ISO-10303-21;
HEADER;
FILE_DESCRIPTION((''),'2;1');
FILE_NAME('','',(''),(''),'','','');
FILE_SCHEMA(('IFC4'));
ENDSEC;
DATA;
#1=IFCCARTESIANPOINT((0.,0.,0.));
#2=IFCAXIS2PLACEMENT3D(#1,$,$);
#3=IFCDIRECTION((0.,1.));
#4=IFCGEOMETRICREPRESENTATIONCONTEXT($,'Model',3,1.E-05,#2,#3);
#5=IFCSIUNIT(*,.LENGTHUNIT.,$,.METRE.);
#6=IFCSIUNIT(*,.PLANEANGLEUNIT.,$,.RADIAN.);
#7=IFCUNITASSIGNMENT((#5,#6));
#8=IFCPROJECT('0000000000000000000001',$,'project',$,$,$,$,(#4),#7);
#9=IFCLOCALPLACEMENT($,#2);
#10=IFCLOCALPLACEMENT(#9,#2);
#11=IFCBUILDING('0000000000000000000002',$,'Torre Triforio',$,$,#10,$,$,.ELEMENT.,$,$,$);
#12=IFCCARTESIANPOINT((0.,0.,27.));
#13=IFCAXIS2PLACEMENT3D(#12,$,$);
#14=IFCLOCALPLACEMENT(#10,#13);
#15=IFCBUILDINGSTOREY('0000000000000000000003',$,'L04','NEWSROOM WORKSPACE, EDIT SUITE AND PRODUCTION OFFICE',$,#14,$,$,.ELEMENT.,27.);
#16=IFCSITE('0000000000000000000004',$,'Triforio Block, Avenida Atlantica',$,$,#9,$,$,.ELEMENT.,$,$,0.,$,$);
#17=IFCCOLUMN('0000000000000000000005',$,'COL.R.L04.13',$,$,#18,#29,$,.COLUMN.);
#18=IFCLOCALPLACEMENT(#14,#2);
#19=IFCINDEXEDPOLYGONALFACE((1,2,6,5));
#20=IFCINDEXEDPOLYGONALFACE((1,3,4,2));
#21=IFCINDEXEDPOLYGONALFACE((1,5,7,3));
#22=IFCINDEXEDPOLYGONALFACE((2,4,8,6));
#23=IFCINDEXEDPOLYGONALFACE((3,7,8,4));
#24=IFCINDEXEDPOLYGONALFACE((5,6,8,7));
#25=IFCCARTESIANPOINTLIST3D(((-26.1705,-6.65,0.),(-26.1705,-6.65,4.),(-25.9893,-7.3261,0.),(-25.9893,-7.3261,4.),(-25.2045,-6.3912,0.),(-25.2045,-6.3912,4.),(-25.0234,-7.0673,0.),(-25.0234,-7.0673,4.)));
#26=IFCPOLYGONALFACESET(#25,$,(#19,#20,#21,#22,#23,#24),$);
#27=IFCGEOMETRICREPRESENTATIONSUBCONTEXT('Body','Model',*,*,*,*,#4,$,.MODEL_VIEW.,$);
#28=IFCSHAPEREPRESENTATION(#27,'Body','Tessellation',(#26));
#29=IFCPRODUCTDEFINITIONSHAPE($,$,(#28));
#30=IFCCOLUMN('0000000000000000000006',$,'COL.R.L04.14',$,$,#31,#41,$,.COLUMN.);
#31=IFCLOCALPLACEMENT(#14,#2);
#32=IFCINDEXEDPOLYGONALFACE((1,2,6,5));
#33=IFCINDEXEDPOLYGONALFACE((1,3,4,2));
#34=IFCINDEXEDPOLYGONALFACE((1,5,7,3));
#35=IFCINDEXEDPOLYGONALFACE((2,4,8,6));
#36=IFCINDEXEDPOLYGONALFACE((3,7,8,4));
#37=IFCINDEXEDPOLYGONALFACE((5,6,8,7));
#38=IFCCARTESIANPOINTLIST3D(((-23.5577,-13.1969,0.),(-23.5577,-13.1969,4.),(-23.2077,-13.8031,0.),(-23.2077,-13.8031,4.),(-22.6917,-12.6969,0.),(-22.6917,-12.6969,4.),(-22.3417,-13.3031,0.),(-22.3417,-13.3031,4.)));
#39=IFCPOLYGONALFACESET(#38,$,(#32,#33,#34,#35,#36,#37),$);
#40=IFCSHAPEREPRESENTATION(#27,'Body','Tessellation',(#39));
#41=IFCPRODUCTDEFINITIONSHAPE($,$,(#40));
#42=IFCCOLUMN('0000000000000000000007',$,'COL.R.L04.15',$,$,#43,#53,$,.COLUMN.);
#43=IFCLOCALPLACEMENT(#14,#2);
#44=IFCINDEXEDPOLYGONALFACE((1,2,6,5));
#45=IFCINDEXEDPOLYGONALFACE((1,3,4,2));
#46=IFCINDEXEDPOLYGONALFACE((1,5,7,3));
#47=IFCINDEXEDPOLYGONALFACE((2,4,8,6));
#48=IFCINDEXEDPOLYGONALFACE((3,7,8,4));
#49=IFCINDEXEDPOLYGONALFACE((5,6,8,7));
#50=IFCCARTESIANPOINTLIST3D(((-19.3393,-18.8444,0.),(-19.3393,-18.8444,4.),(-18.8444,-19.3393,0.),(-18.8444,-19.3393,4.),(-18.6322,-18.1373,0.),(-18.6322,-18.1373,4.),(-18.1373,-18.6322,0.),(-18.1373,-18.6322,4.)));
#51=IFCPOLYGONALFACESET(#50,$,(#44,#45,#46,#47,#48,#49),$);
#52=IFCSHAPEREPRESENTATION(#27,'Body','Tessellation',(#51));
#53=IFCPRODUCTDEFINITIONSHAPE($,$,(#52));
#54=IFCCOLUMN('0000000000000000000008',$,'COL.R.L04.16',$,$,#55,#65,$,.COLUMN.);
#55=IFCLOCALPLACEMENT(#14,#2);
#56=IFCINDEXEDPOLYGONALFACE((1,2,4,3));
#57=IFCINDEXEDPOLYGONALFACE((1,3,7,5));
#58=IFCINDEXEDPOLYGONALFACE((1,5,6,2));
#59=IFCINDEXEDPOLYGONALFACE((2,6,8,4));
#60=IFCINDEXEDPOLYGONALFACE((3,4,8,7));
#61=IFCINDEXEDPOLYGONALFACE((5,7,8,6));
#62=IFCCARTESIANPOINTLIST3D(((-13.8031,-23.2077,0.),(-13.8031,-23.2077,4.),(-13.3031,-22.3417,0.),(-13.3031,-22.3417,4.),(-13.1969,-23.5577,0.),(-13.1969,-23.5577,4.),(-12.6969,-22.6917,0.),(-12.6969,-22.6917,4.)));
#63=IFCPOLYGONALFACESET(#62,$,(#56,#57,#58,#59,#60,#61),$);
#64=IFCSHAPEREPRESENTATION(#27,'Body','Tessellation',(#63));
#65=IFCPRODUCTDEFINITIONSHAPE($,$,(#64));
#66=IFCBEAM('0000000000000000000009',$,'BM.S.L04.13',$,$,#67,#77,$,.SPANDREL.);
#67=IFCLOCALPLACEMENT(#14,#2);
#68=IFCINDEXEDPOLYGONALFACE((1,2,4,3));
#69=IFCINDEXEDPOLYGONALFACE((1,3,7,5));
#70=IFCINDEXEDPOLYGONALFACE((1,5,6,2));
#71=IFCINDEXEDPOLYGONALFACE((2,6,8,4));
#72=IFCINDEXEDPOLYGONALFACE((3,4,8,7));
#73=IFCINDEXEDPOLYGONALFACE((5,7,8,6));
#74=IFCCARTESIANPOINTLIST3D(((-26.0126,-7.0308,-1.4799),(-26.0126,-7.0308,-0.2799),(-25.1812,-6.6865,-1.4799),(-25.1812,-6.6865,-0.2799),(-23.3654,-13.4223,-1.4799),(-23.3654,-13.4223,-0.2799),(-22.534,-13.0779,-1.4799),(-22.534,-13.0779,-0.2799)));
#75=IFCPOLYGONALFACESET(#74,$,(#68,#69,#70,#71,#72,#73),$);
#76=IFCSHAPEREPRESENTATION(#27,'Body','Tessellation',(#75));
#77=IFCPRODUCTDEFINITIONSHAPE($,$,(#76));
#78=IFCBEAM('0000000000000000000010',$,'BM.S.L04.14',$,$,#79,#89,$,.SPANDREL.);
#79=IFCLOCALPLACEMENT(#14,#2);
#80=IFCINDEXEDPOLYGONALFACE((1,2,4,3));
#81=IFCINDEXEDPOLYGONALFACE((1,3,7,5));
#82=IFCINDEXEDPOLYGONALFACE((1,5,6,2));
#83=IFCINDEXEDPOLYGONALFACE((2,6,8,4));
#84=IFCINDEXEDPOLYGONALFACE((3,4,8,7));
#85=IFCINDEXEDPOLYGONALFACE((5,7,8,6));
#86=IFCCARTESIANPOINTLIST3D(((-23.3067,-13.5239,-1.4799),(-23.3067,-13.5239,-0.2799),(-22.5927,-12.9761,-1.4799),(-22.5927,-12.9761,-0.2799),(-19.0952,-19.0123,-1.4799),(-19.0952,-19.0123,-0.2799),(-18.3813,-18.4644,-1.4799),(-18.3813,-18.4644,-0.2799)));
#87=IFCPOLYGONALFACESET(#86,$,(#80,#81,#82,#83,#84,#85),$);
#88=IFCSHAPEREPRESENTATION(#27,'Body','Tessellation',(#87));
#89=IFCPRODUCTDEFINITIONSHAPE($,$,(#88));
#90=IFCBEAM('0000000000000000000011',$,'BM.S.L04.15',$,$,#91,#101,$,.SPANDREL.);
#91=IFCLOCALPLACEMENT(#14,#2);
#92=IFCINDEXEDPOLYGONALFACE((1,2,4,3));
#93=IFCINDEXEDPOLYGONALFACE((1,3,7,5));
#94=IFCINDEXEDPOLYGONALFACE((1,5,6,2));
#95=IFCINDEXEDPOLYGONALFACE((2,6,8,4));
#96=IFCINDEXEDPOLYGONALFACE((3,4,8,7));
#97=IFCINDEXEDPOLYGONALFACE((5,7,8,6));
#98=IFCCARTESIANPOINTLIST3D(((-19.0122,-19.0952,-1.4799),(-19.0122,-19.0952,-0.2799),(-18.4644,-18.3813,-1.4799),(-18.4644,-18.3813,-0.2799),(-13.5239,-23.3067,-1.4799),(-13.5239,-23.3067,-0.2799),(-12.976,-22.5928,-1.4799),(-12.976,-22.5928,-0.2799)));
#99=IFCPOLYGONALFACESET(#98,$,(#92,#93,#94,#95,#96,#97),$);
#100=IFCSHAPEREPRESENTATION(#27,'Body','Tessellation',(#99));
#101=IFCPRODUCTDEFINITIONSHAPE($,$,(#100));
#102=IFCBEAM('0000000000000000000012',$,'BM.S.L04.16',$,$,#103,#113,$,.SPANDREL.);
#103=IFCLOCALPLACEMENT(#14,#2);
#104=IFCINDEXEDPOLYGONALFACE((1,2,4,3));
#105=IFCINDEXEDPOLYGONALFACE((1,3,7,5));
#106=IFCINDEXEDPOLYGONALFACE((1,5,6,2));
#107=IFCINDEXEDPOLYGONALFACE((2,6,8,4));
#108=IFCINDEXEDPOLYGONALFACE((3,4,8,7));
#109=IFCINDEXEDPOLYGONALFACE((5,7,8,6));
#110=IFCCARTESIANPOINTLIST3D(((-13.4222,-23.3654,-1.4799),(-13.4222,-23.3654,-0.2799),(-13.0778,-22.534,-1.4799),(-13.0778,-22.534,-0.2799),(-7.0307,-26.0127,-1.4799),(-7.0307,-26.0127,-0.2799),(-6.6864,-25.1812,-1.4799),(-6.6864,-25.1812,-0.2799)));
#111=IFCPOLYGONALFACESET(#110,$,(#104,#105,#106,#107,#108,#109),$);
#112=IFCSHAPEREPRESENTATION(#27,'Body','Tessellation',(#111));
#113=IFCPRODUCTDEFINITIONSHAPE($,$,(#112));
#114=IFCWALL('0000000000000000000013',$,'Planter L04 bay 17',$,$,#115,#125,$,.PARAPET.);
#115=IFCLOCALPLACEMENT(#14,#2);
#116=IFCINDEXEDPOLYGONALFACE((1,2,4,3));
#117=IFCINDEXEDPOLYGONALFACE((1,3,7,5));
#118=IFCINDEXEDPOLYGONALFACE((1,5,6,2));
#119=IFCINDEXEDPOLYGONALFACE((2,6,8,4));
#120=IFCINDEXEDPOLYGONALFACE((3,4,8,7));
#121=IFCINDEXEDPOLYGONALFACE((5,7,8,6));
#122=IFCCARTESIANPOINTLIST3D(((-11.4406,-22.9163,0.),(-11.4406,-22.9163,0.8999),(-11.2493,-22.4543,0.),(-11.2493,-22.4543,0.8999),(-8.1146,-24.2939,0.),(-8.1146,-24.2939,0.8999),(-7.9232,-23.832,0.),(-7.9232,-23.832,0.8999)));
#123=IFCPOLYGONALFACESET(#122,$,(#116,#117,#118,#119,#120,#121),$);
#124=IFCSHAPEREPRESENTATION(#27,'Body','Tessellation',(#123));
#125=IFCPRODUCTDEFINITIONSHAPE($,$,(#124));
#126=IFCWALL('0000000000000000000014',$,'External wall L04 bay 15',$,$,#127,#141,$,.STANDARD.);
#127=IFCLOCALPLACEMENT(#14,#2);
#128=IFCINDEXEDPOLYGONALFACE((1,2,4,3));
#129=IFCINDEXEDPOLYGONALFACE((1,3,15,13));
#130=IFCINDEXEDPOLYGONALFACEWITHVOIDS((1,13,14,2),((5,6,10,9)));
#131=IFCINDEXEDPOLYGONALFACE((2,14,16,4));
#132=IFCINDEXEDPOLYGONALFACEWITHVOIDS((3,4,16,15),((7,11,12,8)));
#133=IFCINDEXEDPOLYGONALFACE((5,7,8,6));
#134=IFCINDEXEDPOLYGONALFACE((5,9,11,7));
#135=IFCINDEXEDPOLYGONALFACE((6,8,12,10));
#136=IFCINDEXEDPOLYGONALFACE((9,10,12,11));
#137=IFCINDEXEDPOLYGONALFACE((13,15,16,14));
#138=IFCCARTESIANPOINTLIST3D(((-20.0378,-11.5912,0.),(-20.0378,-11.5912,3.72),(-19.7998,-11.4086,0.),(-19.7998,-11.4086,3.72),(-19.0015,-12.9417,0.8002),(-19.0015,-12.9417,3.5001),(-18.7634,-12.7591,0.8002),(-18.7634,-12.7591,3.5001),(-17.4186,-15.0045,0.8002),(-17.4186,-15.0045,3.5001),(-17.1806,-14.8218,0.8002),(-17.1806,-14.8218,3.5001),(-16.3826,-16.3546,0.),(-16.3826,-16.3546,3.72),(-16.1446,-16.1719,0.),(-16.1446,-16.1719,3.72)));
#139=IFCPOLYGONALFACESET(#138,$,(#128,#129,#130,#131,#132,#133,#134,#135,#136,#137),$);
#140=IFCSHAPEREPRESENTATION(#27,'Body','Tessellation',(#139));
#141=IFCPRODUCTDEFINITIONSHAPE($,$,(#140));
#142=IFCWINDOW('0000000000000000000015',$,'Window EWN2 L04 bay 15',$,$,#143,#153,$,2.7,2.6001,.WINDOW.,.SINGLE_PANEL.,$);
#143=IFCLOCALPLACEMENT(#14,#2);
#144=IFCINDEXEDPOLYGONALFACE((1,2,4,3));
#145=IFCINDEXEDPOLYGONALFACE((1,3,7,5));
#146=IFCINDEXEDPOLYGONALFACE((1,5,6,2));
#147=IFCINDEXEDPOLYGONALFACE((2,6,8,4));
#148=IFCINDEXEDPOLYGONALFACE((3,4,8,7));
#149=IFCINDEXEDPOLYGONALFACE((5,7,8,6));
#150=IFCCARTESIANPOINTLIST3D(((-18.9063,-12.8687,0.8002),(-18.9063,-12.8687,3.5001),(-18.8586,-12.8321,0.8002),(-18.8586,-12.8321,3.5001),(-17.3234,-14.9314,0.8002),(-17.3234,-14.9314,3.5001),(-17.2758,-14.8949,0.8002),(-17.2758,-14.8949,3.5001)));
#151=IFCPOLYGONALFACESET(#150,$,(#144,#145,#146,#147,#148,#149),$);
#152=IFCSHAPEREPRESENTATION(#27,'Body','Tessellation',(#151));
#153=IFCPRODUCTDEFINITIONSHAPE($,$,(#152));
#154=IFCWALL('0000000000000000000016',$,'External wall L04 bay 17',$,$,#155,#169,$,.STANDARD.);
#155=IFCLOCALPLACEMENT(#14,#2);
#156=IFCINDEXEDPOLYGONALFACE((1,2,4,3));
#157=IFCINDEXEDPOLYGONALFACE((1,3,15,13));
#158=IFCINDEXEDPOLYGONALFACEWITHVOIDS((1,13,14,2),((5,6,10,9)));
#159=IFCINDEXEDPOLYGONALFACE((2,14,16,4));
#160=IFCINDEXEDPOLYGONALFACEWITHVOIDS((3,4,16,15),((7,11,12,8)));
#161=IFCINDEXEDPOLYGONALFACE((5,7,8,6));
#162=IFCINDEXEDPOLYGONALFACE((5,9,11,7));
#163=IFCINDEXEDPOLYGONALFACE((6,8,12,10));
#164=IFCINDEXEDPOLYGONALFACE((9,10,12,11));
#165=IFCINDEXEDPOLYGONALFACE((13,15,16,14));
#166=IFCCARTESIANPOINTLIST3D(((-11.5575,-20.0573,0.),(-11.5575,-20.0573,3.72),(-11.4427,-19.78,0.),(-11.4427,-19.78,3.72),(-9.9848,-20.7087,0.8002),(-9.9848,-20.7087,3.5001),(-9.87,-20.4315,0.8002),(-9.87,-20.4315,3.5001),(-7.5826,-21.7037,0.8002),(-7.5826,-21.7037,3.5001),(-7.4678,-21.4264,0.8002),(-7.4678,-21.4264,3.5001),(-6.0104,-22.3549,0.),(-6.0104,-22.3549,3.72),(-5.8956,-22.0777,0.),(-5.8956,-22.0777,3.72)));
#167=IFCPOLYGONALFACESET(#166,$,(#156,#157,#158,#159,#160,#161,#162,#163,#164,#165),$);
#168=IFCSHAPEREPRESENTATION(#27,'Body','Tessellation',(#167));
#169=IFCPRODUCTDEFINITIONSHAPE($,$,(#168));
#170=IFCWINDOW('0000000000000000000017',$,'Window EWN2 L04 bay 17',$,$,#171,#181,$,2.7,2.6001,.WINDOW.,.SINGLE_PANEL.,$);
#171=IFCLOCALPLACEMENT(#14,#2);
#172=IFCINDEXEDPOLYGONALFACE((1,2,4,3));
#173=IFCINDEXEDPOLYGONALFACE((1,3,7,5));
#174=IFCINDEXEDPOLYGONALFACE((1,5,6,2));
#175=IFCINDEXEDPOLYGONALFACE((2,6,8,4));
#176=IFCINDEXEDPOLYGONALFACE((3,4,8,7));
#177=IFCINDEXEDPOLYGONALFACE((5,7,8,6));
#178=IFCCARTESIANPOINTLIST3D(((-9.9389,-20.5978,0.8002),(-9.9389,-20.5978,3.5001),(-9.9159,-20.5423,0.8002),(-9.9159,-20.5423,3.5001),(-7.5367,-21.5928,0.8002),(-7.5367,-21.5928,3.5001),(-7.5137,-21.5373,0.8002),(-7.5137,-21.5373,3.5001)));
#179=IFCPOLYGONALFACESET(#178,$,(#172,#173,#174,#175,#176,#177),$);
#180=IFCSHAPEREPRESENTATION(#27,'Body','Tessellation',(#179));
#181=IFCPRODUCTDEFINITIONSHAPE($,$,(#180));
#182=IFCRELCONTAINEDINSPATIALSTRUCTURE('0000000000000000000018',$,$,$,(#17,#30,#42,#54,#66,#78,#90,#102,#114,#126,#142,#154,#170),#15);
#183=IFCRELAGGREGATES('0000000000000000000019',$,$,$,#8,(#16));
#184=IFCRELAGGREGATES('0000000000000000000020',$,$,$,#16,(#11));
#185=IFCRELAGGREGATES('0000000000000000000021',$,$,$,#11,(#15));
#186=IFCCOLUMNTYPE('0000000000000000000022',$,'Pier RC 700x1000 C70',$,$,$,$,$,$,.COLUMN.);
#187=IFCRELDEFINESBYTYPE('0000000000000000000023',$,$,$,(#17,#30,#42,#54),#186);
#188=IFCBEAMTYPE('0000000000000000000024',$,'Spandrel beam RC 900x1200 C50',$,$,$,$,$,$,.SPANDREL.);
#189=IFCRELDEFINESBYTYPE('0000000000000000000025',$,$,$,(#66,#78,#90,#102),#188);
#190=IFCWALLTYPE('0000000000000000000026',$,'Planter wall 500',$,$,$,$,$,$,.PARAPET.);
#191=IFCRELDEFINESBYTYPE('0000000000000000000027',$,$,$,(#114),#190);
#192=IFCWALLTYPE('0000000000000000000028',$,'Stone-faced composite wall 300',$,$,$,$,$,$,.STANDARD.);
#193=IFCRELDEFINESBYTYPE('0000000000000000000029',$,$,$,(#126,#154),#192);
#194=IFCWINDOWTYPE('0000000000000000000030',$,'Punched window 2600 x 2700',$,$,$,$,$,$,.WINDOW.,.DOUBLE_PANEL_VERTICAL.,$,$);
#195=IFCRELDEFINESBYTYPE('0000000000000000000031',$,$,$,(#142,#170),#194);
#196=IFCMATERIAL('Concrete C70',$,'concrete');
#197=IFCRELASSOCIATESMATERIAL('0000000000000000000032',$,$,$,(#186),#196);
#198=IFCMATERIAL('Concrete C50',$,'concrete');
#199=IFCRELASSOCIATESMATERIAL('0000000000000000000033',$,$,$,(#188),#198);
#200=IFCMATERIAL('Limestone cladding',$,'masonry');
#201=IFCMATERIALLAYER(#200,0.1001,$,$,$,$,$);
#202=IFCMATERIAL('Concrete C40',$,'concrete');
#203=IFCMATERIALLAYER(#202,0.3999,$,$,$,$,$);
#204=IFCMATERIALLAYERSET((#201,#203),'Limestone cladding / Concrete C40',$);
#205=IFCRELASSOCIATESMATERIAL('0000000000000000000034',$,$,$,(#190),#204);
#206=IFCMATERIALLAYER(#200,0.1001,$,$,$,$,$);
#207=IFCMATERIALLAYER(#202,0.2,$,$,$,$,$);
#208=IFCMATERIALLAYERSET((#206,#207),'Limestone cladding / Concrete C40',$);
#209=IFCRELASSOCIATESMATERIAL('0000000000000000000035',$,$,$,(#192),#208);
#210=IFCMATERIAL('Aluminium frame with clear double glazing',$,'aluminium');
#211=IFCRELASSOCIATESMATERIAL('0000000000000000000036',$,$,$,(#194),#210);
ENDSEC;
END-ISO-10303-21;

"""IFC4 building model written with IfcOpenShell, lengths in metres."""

from ifc_helpers import new_model, si_unit, direction, frame, frame_2d, origin, origin_2d, place, context, subcontext, project, spatial, rectangle, extrude, material, layer, layer_set, material_profile, profile_set, type_object, element, fill, save


model = new_model("IFC4")

# Units and contexts
model_context = context("Model", 3, precision=1e-05, world=origin(), true_north=direction((0.0, 1.0)))
body_context = subcontext(model_context, "Body", "Model", "MODEL_VIEW")
ifc_project = project(units=[si_unit("LENGTHUNIT", "METRE"), si_unit("PLANEANGLEUNIT", "RADIAN")], contexts=[model_context])

# Site, building, storey
site_placement = place(None, origin())
site = spatial("IfcSite", under=ifc_project, at=site_placement, Name="Triforio Block, Avenida Atlantica", CompositionType="ELEMENT", RefElevation=0.0)
building_placement = place(site_placement, origin())
building = spatial("IfcBuilding", under=site, at=building_placement, Name="Torre Triforio", CompositionType="ELEMENT")
storey_placement = place(building_placement, frame((0.0, 0.0, 27.0)))
storey = spatial("IfcBuildingStorey", under=building, at=storey_placement, Name="L04", Description="NEWSROOM WORKSPACE, EDIT SUITE AND PRODUCTION OFFICE", CompositionType="ELEMENT", Elevation=27.0)

# Columns
ifc_material_1 = material(Name="Concrete C70", Category="concrete")
ifc_material_profile_1 = material_profile(ifc_material_1, rectangle(XDim=0.7, YDim=1.0, at=origin_2d()), Name="RC 700x1000")
ifc_profile_set_1 = profile_set([ifc_material_profile_1], Name="Concrete C70")
column_type = type_object("IfcColumnType", Name="Pier RC 700x1000 C70", PredefinedType="COLUMN", material=ifc_profile_set_1)
for number, where, z_axis, x_axis, name in (
    (1, (-25.5969, -6.8586, 0.0), (0.0, 0.0, 1.0), (0.258819, -0.965926, 0.0), "COL.R.L04.13"),
    (2, (-22.9497, -13.25, 0.0), (0.0, 0.0, 1.0), (0.5, -0.866025, 0.0), "COL.R.L04.14"),
    (3, (-18.7383, -18.7383, 0.0), (0.0, 0.0, 1.0), (0.707107, -0.707107, 0.0), "COL.R.L04.15"),
    (4, (-13.25, -22.9497, 0.0), (0.0, 0.0, 1.0), (0.866025, -0.5, 0.0), "COL.R.L04.16"),
):
    element("IfcColumn", number, at=place(storey_placement, frame(where, z_axis=z_axis, x_axis=x_axis)), inside=storey, type_object=column_type, Name=name, PredefinedType="COLUMN", context=body_context, shape_type="SweptSolid", body=[
        extrude(rectangle(XDim=0.7, YDim=1.0, at=origin_2d()), origin(), (0.0, 0.0, 1.0), 4.0),
    ])

# Beams
ifc_material_2 = material(Name="Concrete C50", Category="concrete")
ifc_material_profile_2 = material_profile(ifc_material_2, rectangle(XDim=0.8999, YDim=1.2, at=origin_2d()), Name="RC 900x1200")
ifc_profile_set_2 = profile_set([ifc_material_profile_2], Name="Concrete C50")
beam_type = type_object("IfcBeamType", Name="Spandrel beam RC 900x1200 C50", PredefinedType="SPANDREL", material=ifc_profile_set_2)
for number, where, z_axis, x_axis, name in (
    (5, (-25.5969, -6.8586, -0.8799), (0.382662, -0.923888, 0.0), (0.923888, 0.382662, 0.0), "BM.S.L04.13"),
    (6, (-22.9497, -13.25, -0.8799), (0.608772, -0.793345, 0.0), (0.793345, 0.608772, 0.0), "BM.S.L04.14"),
    (7, (-18.7383, -18.7383, -0.8799), (0.793345, -0.608772, 0.0), (0.608772, 0.793345, 0.0), "BM.S.L04.15"),
    (8, (-13.25, -22.9497, -0.8799), (0.923888, -0.382662, 0.0), (0.382662, 0.923888, 0.0), "BM.S.L04.16"),
):
    element("IfcBeam", number, at=place(storey_placement, frame(where, z_axis=z_axis, x_axis=x_axis)), inside=storey, type_object=beam_type, Name=name, PredefinedType="SPANDREL", context=body_context, shape_type="SweptSolid", body=[
        extrude(rectangle(XDim=0.8999, YDim=1.2, at=origin_2d()), origin(), (0.0, 0.0, 1.0), 6.918),
    ])

# Wall
ifc_material_3 = material(Name="Limestone cladding", Category="masonry")
ifc_layer_1 = layer(ifc_material_3, 0.1001)
ifc_material_4 = material(Name="Concrete C40", Category="concrete")
ifc_layer_2 = layer(ifc_material_4, 0.3999)
ifc_layer_set_1 = layer_set([ifc_layer_1, ifc_layer_2], Name="Limestone cladding / Concrete C40")
wall_type_1 = type_object("IfcWallType", Name="Planter wall 500", PredefinedType="PARAPET", material=ifc_layer_set_1)
wall_1_placement = place(storey_placement, frame((-11.345, -22.6853, 0.0), z_axis=(0.0, 0.0, 1.0), x_axis=(0.923885, -0.382669, 0.0)))
element("IfcWall", 9, at=wall_1_placement, inside=storey, type_object=wall_type_1, Name="Planter L04 bay 17", PredefinedType="PARAPET", context=body_context, shape_type="SweptSolid", body=[
    extrude(rectangle(XDim=3.6001, YDim=0.5, at=frame_2d((1.8, 0.0))), origin(), (0.0, 0.0, 1.0), 0.8999),
])

# Wall, opening, window
ifc_layer_3 = layer(ifc_material_3, 0.1001)
ifc_layer_4 = layer(ifc_material_4, 0.2)
ifc_layer_set_2 = layer_set([ifc_layer_3, ifc_layer_4], Name="Limestone cladding / Concrete C40")
wall_type_2 = type_object("IfcWallType", Name="Stone-faced composite wall 300", PredefinedType="STANDARD", material=ifc_layer_set_2)
wall_2_placement = place(storey_placement, frame((-19.9187, -11.5, 0.0), z_axis=(0.0, 0.0, 1.0), x_axis=(0.608779, -0.79334, 0.0)))
wall_2 = element("IfcWall", 10, at=wall_2_placement, inside=storey, type_object=wall_type_2, Name="External wall L04 bay 15", PredefinedType="STANDARD", context=body_context, shape_type="SweptSolid", body=[
    extrude(rectangle(XDim=6.0042, YDim=0.3, at=frame_2d((3.002, 0.0))), origin(), (0.0, 0.0, 1.0), 3.72),
])
opening_1_placement = place(wall_2_placement, frame((1.7021, 0.0, 0.8)))
opening_1 = element("IfcOpeningElement", 11, at=opening_1_placement, cuts=wall_2, PredefinedType="OPENING", context=body_context, shape_type="SweptSolid", body=[
    extrude(rectangle(XDim=2.6001, YDim=2.7, at=frame_2d((1.3, 1.3501))), frame((0.0, 0.1599, 0.0), z_axis=(0.0, -1.0, 0.0), x_axis=(1.0, 0.0, 0.0)), (0.0, 0.0, 1.0), 0.3201),
])
ifc_material_5 = material(Name="Aluminium frame with clear double glazing", Category="aluminium")
window_type_1 = type_object("IfcWindowType", Name="Punched window 2600 x 2700", PartitioningType="DOUBLE_PANEL_VERTICAL", PredefinedType="WINDOW", material=ifc_material_5)
window_1_placement = place(opening_1_placement, origin())
window_1 = element("IfcWindow", 12, at=window_1_placement, inside=storey, type_object=window_type_1, Name="Window EWN2 L04 bay 15", OverallHeight=2.7, OverallWidth=2.6001, PartitioningType="SINGLE_PANEL", PredefinedType="WINDOW", context=body_context, shape_type="SweptSolid", body=[
    extrude(rectangle(XDim=2.6001, YDim=2.7, at=frame_2d((1.3, 1.3501))), frame((0.0, 0.03, 0.0), z_axis=(0.0, -1.0, 0.0), x_axis=(1.0, 0.0, 0.0)), (0.0, 0.0, 1.0), 0.0601),
])
fill(opening_1, window_1)

# Wall, opening, window
wall_3_placement = place(storey_placement, frame((-11.5, -19.9187, 0.0), z_axis=(0.0, 0.0, 1.0), x_axis=(0.923885, -0.382671, 0.0)))
wall_3 = element("IfcWall", 13, at=wall_3_placement, inside=storey, type_object=wall_type_2, Name="External wall L04 bay 17", PredefinedType="STANDARD", context=body_context, shape_type="SweptSolid", body=[
    extrude(rectangle(XDim=6.0042, YDim=0.3, at=frame_2d((3.002, 0.0))), origin(), (0.0, 0.0, 1.0), 3.72),
])
opening_2_placement = place(wall_3_placement, frame((1.7021, 0.0, 0.8)))
opening_2 = element("IfcOpeningElement", 14, at=opening_2_placement, cuts=wall_3, PredefinedType="OPENING", context=body_context, shape_type="SweptSolid", body=[
    extrude(rectangle(XDim=2.6001, YDim=2.7, at=frame_2d((1.3, 1.3501))), frame((0.0, 0.1599, 0.0), z_axis=(0.0, -1.0, 0.0), x_axis=(1.0, 0.0, 0.0)), (0.0, 0.0, 1.0), 0.3201),
])
window_2_placement = place(opening_2_placement, origin())
window_2 = element("IfcWindow", 15, at=window_2_placement, inside=storey, type_object=window_type_1, Name="Window EWN2 L04 bay 17", OverallHeight=2.7, OverallWidth=2.6001, PartitioningType="SINGLE_PANEL", PredefinedType="WINDOW", context=body_context, shape_type="SweptSolid", body=[
    extrude(rectangle(XDim=2.6001, YDim=2.7, at=frame_2d((1.3, 1.3501))), frame((0.0, 0.03, 0.0), z_axis=(0.0, -1.0, 0.0), x_axis=(1.0, 0.0, 0.0)), (0.0, 0.0, 1.0), 0.0601),
])
fill(opening_2, window_2)

save(model, "model.ifc")
